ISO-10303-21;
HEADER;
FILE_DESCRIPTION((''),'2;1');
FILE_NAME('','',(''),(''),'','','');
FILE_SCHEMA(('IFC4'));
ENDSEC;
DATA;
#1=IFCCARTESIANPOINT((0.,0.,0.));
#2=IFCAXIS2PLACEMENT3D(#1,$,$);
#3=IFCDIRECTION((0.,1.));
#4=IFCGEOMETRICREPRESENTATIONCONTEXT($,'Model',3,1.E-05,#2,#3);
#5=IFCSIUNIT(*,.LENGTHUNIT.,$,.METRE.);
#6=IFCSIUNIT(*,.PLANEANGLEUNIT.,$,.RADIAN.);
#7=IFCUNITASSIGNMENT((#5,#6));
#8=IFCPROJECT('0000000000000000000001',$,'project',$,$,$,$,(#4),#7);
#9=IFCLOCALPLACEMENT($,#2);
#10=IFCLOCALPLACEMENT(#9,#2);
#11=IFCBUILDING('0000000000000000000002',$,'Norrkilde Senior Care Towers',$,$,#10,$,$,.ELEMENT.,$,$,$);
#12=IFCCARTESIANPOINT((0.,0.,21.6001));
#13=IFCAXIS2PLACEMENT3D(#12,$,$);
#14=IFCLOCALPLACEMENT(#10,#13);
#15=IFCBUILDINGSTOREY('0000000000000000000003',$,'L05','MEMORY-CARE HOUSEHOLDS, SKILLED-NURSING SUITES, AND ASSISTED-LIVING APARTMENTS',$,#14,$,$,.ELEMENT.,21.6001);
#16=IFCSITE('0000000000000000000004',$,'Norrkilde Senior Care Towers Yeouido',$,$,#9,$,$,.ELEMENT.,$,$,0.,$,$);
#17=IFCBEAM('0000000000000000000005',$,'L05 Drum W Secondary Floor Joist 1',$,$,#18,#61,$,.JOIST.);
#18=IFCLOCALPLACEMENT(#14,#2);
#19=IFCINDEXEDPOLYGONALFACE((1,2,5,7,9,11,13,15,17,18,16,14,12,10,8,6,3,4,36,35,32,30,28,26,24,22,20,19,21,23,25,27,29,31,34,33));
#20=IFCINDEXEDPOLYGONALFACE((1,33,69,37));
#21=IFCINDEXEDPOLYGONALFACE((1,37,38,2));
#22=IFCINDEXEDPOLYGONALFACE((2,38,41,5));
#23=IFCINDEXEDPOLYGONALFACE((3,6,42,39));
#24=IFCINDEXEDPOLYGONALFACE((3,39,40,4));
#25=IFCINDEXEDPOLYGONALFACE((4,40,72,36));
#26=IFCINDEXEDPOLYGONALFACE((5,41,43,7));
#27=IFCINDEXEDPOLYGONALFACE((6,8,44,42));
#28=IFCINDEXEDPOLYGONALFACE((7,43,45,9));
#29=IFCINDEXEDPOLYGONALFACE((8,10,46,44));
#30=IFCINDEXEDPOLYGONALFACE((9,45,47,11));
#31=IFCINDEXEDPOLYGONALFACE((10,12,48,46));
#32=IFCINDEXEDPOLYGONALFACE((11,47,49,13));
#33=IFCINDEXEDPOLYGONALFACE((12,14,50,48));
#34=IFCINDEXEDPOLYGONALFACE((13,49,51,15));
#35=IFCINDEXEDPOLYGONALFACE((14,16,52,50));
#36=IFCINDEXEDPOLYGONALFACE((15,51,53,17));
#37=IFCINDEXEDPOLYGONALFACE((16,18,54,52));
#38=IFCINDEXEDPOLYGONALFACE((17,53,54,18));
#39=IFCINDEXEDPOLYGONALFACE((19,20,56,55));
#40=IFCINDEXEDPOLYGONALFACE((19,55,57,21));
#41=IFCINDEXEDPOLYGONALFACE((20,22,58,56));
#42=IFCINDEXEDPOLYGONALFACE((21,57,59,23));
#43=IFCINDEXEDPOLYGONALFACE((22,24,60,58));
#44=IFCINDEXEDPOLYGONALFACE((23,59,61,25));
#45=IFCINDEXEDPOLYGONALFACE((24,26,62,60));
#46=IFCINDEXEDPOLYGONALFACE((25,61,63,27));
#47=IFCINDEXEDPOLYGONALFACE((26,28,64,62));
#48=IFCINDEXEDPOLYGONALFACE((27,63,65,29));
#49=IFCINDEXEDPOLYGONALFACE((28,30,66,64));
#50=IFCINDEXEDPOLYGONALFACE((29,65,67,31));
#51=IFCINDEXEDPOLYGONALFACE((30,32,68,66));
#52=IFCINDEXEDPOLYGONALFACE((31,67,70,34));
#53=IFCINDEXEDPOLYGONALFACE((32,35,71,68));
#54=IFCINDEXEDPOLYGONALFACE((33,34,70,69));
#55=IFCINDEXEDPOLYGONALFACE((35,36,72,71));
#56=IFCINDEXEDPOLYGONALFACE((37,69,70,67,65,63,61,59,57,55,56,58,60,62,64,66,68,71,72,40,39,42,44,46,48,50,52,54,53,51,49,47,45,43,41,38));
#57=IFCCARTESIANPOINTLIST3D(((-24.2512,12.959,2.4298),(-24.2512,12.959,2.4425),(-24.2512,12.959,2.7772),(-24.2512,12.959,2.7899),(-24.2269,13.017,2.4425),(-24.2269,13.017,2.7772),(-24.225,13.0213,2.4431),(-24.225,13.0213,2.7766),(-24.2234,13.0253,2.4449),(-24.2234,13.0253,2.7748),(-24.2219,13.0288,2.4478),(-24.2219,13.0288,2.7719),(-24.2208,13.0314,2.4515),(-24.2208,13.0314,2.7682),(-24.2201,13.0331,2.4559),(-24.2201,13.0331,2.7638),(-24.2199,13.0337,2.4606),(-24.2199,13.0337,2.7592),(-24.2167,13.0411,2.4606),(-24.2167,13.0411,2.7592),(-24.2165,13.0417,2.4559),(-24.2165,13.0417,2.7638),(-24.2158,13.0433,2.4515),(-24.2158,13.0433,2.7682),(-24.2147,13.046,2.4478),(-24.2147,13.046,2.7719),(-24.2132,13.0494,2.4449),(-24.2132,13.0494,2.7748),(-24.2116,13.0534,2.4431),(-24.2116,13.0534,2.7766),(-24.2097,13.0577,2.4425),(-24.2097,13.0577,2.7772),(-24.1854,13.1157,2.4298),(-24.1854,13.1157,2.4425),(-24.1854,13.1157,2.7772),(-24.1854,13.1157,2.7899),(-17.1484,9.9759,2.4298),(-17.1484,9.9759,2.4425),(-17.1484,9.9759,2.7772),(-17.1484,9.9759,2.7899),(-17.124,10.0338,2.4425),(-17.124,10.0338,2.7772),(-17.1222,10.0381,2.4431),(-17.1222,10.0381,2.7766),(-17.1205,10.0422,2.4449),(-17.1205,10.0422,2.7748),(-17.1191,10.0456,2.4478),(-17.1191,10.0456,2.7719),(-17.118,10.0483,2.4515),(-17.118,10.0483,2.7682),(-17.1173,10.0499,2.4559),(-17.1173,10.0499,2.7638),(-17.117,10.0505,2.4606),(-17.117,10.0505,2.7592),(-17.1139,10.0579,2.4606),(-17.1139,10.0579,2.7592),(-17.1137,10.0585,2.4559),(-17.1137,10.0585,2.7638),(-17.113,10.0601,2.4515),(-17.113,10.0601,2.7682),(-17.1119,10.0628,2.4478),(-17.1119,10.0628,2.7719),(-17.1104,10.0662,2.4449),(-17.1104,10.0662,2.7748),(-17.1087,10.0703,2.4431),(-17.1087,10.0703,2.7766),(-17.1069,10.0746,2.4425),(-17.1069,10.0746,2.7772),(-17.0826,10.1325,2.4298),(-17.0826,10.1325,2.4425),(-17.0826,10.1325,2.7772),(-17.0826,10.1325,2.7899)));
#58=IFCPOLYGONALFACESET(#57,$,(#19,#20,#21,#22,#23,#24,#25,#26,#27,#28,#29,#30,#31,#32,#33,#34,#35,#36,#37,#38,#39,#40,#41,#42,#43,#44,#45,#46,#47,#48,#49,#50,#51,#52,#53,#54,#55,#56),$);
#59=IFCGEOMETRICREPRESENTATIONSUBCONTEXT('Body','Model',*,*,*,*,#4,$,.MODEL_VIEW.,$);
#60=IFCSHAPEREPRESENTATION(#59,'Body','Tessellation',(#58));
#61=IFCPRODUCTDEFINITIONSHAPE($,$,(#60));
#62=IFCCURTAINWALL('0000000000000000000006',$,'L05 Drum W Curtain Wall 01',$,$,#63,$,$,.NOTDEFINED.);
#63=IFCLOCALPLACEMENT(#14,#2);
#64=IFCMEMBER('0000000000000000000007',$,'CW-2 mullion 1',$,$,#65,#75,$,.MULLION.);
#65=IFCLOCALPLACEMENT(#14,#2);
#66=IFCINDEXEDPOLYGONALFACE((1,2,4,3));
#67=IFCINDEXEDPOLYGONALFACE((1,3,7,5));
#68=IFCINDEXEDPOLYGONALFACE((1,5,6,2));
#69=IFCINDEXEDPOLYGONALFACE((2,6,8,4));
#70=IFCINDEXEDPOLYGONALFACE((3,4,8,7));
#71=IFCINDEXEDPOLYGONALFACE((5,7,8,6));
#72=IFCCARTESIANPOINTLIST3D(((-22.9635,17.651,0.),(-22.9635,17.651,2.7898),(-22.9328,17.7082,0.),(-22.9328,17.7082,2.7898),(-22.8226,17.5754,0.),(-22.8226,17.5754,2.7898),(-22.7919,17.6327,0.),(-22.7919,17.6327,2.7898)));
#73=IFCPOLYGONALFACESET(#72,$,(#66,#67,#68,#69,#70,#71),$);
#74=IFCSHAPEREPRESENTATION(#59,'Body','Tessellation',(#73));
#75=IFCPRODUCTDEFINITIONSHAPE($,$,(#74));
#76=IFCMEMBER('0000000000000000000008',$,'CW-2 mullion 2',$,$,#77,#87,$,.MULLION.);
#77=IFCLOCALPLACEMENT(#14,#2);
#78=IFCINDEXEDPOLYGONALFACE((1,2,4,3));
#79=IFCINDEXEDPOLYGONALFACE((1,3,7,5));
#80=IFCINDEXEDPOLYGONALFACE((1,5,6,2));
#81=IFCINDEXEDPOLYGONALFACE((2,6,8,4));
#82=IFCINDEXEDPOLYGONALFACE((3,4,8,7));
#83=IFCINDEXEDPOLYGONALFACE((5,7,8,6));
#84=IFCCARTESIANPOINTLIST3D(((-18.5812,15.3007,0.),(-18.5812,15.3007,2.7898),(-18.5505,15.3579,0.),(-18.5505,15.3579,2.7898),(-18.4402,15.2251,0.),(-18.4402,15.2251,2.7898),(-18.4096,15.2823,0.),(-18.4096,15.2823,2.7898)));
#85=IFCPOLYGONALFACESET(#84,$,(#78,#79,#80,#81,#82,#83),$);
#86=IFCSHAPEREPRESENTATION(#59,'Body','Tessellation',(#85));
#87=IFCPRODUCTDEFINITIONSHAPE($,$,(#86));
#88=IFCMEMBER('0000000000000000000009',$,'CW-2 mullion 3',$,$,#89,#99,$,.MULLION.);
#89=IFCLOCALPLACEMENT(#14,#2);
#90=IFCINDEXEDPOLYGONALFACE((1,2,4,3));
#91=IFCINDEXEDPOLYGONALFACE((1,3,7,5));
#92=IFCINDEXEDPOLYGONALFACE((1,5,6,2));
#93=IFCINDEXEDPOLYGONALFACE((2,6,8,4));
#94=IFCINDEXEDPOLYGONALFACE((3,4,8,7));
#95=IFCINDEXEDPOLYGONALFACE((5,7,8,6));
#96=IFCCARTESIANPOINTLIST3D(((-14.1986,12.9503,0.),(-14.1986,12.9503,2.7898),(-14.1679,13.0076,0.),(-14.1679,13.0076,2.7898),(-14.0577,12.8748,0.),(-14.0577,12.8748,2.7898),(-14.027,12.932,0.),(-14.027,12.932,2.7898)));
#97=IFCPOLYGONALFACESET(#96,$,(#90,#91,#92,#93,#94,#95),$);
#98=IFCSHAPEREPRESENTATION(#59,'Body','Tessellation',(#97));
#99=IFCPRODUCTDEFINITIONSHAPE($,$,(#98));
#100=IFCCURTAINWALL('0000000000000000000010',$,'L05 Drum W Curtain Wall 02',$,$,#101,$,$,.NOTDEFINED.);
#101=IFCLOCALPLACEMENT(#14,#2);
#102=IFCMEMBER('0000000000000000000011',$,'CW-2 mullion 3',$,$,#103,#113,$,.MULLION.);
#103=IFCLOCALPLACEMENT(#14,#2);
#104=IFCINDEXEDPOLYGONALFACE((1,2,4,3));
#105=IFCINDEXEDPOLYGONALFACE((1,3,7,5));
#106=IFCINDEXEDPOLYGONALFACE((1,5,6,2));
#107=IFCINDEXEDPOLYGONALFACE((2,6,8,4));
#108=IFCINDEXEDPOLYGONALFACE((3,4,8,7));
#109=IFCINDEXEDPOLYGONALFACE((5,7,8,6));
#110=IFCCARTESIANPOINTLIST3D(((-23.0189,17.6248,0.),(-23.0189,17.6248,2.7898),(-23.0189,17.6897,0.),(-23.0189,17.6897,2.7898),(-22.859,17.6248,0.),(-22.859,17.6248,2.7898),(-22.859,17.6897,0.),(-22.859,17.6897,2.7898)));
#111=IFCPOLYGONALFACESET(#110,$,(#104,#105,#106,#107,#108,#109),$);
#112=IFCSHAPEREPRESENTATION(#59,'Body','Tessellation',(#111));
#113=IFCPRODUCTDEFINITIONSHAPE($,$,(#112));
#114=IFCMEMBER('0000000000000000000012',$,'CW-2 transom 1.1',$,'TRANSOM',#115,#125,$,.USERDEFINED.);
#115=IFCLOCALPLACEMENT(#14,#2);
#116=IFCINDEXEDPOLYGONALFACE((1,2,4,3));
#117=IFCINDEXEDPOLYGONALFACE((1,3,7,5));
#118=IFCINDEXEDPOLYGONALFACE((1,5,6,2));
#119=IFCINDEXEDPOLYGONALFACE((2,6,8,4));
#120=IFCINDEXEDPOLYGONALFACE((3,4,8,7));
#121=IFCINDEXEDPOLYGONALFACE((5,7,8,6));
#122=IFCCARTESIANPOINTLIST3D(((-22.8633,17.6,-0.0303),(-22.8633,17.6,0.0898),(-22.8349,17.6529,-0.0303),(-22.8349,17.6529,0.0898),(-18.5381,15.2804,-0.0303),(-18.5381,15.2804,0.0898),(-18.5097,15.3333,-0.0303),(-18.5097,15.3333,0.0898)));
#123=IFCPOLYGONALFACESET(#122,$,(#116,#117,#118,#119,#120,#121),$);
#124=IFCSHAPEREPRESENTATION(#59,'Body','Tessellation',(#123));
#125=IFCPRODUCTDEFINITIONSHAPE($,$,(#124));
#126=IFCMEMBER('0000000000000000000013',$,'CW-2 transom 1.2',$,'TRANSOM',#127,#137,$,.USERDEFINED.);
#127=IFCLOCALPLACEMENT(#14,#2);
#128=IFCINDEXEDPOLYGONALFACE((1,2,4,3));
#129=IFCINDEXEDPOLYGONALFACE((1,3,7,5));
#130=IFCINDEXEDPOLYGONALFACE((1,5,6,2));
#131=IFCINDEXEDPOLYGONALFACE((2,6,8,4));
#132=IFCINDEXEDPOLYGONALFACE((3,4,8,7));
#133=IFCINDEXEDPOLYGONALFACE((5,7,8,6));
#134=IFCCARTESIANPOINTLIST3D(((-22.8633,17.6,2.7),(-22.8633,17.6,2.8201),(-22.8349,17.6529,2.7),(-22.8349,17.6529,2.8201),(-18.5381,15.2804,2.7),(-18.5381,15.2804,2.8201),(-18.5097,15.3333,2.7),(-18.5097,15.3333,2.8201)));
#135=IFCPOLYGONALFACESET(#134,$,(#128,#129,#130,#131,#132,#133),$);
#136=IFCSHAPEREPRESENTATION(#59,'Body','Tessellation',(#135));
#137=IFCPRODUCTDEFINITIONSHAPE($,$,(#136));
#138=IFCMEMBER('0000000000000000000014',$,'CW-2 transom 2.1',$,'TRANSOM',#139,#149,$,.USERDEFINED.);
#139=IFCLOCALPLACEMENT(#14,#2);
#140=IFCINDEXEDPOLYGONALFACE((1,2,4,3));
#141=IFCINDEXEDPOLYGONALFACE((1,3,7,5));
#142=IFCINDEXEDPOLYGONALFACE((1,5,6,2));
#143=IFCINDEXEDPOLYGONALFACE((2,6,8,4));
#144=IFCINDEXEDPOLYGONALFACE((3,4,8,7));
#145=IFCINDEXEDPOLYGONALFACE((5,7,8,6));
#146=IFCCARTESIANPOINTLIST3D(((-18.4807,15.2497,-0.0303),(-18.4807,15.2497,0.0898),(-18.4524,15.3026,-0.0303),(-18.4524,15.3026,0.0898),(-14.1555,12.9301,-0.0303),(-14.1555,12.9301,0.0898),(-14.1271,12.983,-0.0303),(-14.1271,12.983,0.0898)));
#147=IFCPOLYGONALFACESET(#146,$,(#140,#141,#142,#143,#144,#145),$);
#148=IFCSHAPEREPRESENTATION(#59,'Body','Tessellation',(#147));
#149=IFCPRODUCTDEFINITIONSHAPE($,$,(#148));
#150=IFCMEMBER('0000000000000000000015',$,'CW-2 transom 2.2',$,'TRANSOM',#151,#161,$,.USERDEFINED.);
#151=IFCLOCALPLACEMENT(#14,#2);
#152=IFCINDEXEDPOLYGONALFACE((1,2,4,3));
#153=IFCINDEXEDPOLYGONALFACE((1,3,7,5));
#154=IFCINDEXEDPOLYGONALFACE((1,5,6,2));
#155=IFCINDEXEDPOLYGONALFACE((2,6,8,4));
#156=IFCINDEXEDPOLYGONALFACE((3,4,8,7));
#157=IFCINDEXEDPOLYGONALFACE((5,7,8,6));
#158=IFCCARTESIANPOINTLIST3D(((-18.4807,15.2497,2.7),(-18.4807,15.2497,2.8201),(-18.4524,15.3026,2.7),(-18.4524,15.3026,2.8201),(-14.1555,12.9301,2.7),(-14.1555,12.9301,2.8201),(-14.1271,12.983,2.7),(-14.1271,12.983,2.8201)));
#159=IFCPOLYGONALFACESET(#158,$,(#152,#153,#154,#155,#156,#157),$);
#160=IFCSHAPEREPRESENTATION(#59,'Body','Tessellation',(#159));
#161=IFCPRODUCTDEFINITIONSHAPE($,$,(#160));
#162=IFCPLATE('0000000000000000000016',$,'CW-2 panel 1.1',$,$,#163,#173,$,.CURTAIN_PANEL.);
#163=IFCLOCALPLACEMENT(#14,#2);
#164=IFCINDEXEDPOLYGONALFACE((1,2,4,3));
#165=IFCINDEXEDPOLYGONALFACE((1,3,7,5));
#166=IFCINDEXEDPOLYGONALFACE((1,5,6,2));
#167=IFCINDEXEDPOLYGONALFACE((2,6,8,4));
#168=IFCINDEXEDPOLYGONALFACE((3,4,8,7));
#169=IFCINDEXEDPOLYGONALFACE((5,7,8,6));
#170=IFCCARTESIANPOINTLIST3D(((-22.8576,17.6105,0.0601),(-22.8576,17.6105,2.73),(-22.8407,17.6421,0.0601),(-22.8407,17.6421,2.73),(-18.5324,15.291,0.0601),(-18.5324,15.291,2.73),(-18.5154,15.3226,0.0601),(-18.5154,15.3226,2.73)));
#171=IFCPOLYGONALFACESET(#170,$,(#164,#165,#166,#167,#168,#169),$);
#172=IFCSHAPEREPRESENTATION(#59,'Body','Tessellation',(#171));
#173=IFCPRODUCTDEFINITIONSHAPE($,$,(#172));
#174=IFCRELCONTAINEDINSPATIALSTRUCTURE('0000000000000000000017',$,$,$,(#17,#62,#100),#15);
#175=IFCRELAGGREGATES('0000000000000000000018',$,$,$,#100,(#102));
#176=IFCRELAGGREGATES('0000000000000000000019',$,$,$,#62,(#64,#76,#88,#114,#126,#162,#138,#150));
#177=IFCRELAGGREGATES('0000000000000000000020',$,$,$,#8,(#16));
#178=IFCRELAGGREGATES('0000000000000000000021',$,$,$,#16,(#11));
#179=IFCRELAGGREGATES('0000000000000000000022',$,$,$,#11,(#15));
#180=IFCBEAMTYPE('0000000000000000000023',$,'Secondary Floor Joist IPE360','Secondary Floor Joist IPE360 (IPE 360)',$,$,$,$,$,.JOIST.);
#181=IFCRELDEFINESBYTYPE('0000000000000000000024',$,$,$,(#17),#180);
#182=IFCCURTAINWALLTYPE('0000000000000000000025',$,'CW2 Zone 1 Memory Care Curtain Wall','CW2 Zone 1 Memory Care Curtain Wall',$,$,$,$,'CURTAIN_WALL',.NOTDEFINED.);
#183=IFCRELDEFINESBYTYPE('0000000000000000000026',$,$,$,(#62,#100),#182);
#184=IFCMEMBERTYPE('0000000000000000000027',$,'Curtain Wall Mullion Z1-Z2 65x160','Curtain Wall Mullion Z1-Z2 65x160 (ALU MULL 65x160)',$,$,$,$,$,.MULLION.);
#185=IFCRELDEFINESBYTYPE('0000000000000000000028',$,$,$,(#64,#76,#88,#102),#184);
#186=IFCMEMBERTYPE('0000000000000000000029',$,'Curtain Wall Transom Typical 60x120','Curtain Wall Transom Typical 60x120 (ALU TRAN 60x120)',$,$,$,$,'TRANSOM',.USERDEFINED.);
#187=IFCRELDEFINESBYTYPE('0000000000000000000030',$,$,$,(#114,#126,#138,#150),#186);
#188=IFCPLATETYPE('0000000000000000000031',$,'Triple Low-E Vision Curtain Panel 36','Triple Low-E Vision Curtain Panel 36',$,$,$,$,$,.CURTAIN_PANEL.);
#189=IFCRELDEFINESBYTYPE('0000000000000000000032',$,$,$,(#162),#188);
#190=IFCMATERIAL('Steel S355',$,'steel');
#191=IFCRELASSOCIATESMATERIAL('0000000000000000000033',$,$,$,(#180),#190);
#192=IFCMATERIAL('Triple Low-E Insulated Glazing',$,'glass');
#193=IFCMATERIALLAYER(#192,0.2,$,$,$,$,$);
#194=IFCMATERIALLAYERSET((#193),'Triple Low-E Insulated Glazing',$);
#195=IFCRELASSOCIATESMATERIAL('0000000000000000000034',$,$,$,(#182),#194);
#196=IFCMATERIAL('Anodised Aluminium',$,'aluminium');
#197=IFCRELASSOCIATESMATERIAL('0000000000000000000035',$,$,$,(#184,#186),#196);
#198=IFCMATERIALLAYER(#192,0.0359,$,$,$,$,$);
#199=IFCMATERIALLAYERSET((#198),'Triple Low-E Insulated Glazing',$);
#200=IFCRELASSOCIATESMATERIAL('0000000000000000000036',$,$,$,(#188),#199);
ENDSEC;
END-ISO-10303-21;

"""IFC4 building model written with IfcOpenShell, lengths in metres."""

from ifc_helpers import new_model, si_unit, direction, frame, origin, origin_2d, place, context, subcontext, project, spatial, rectangle, i_section, extrude, source, transform, mapped, material, layer, layer_set, material_profile, profile_set, type_object, type_shapes, element, aggregate, save


model = new_model("IFC4")

# Units and contexts
model_context = context("Model", 3, precision=1e-05, world=origin(), true_north=direction((0.0, 1.0)))
body_context = subcontext(model_context, "Body", "Model", "MODEL_VIEW")
ifc_project = project(units=[si_unit("LENGTHUNIT", "METRE"), si_unit("PLANEANGLEUNIT", "RADIAN")], contexts=[model_context])

# Site, building, storey
site_placement = place(None, origin())
site = spatial("IfcSite", under=ifc_project, at=site_placement, Name="Norrkilde Senior Care Towers Yeouido", CompositionType="ELEMENT", RefElevation=0.0)
building_placement = place(site_placement, origin())
building = spatial("IfcBuilding", under=site, at=building_placement, Name="Norrkilde Senior Care Towers", CompositionType="ELEMENT")
storey_placement = place(building_placement, frame((0.0, 0.0, 21.6001)))
storey = spatial("IfcBuildingStorey", under=building, at=storey_placement, Name="L05", Description="MEMORY-CARE HOUSEHOLDS, SKILLED-NURSING SUITES, AND ASSISTED-LIVING APARTMENTS", CompositionType="ELEMENT", Elevation=21.6001)

# Beam
ifc_material_1 = material(Name="Steel S355", Category="steel")
ifc_material_profile_1 = material_profile(ifc_material_1, i_section(OverallWidth=0.1699, OverallDepth=0.3601, WebThickness=0.0081, FlangeThickness=0.0127, FilletRadius=0.0181, at=origin_2d()), Name="IPE 360")
ifc_profile_set_1 = profile_set([ifc_material_profile_1], Name="Steel S355")
beam_type_1 = type_object("IfcBeamType", Name="Secondary Floor Joist IPE360", Description="Secondary Floor Joist IPE360 (IPE 360)", PredefinedType="JOIST", material=ifc_profile_set_1)
shared_shape_1 = source(origin(), body_context, "Body", "SweptSolid", [
    extrude(i_section(OverallWidth=0.1699, OverallDepth=0.3601, WebThickness=0.0081, FlangeThickness=0.0127, FilletRadius=0.0181, at=origin_2d()), origin(), (0.0, 0.0, 1.0), 7.7039),
])
type_shapes(beam_type_1, [shared_shape_1])
beam_1_placement = place(storey_placement, frame((-17.1155, 10.0542, 2.6099), z_axis=(-0.921983, 0.387231, 0.0), x_axis=(-0.387231, -0.921983, 0.0)))
element("IfcBeam", 1, at=beam_1_placement, inside=storey, type_object=beam_type_1, Name="L05 Drum W Secondary Floor Joist 1", PredefinedType="JOIST", context=body_context, shape_type="MappedRepresentation", body=[
    mapped(shared_shape_1, transform((0.0, 0.0, 0.0), x_axis=(1.0, 0.0, 0.0), y_axis=(0.0, 1.0, 0.0), z_axis=(0.0, 0.0, 1.0), scale=1.0)),
])

# Curtain wall, members
ifc_material_2 = material(Name="Triple Low-E Insulated Glazing", Category="glass")
ifc_layer_1 = layer(ifc_material_2, 0.2)
ifc_layer_set_1 = layer_set([ifc_layer_1], Name="Triple Low-E Insulated Glazing")
curtain_wall_type = type_object("IfcCurtainWallType", Name="CW2 Zone 1 Memory Care Curtain Wall", Description="CW2 Zone 1 Memory Care Curtain Wall", ElementType="CURTAIN_WALL", PredefinedType="NOTDEFINED", material=ifc_layer_set_1)
curtain_wall_1_placement = place(storey_placement, origin())
curtain_wall_1 = element("IfcCurtainWall", 2, at=curtain_wall_1_placement, inside=storey, type_object=curtain_wall_type, Name="L05 Drum W Curtain Wall 01", PredefinedType="NOTDEFINED")
ifc_material_3 = material(Name="Anodised Aluminium", Category="aluminium")
ifc_material_profile_2 = material_profile(ifc_material_3, rectangle(XDim=0.0649, YDim=0.1599, at=origin_2d()), Name="ALU MULL 65x160")
ifc_profile_set_2 = profile_set([ifc_material_profile_2], Name="Anodised Aluminium")
member_type_1 = type_object("IfcMemberType", Name="Curtain Wall Mullion Z1-Z2 65x160", Description="Curtain Wall Mullion Z1-Z2 65x160 (ALU MULL 65x160)", PredefinedType="MULLION", material=ifc_profile_set_2)
shared_shape_2 = source(origin(), body_context, "Body", "SweptSolid", [
    extrude(rectangle(XDim=0.0649, YDim=0.1599, at=origin_2d()), origin(), (0.0, 0.0, 1.0), 2.7898),
])
type_shapes(member_type_1, [shared_shape_2])
member_1_placement = place(storey_placement, frame((-22.8777, 17.6418, 0.0), z_axis=(0.0, 0.0, 1.0), x_axis=(0.472608, 0.881273, 0.0)))
member_1 = element("IfcMember", 3, at=member_1_placement, type_object=member_type_1, Name="CW-2 mullion 1", PredefinedType="MULLION", context=body_context, shape_type="MappedRepresentation", body=[
    mapped(shared_shape_2, transform((0.0, 0.0, 0.0), x_axis=(1.0, 0.0, 0.0), y_axis=(0.0, 1.0, 0.0), z_axis=(0.0, 0.0, 1.0), scale=1.0)),
])
member_2_placement = place(storey_placement, frame((-18.4954, 15.2915, 0.0), z_axis=(0.0, 0.0, 1.0), x_axis=(0.472608, 0.881273, 0.0)))
member_2 = element("IfcMember", 4, at=member_2_placement, type_object=member_type_1, Name="CW-2 mullion 2", PredefinedType="MULLION", context=body_context, shape_type="MappedRepresentation", body=[
    mapped(shared_shape_2, transform((0.0, 0.0, 0.0), x_axis=(1.0, 0.0, 0.0), y_axis=(0.0, 1.0, 0.0), z_axis=(0.0, 0.0, 1.0), scale=1.0)),
])
member_3_placement = place(storey_placement, frame((-14.1128, 12.9412, 0.0), z_axis=(0.0, 0.0, 1.0), x_axis=(0.472608, 0.881273, 0.0)))
member_3 = element("IfcMember", 5, at=member_3_placement, type_object=member_type_1, Name="CW-2 mullion 3", PredefinedType="MULLION", context=body_context, shape_type="MappedRepresentation", body=[
    mapped(shared_shape_2, transform((0.0, 0.0, 0.0), x_axis=(1.0, 0.0, 0.0), y_axis=(0.0, 1.0, 0.0), z_axis=(0.0, 0.0, 1.0), scale=1.0)),
])

# Curtain wall, member
curtain_wall_2_placement = place(storey_placement, origin())
curtain_wall_2 = element("IfcCurtainWall", 6, at=curtain_wall_2_placement, inside=storey, type_object=curtain_wall_type, Name="L05 Drum W Curtain Wall 02", PredefinedType="NOTDEFINED")
member_4_placement = place(storey_placement, frame((-22.939, 17.6572, 0.0), z_axis=(0.0, 0.0, 1.0), x_axis=(0.0, 1.0, 0.0)))
member_4 = element("IfcMember", 7, at=member_4_placement, type_object=member_type_1, Name="CW-2 mullion 3", PredefinedType="MULLION", context=body_context, shape_type="MappedRepresentation", body=[
    mapped(shared_shape_2, transform((0.0, 0.0, 0.0), x_axis=(1.0, 0.0, 0.0), y_axis=(0.0, 1.0, 0.0), z_axis=(0.0, 0.0, 1.0), scale=1.0)),
])
aggregate(curtain_wall_2, [member_4])

# Members
ifc_material_profile_3 = material_profile(ifc_material_3, rectangle(XDim=0.0601, YDim=0.1201, at=origin_2d()), Name="ALU TRAN 60x120")
ifc_profile_set_3 = profile_set([ifc_material_profile_3], Name="Anodised Aluminium")
member_type_2 = type_object("IfcMemberType", Name="Curtain Wall Transom Typical 60x120", Description="Curtain Wall Transom Typical 60x120 (ALU TRAN 60x120)", ElementType="TRANSOM", PredefinedType="USERDEFINED", material=ifc_profile_set_3)
shared_shape_3 = source(origin(), body_context, "Body", "SweptSolid", [
    extrude(rectangle(XDim=0.0601, YDim=0.1201, at=origin_2d()), origin(), (0.0, 0.0, 1.0), 4.908),
])
type_shapes(member_type_2, [shared_shape_3])
member_5_placement = place(storey_placement, frame((-22.8491, 17.6265, 0.0298), z_axis=(0.881267, -0.472619, 0.0), x_axis=(0.472619, 0.881267, 0.0)))
member_5 = element("IfcMember", 8, at=member_5_placement, type_object=member_type_2, Name="CW-2 transom 1.1", ObjectType="TRANSOM", PredefinedType="USERDEFINED", context=body_context, shape_type="MappedRepresentation", body=[
    mapped(shared_shape_3, transform((0.0, 0.0, 0.0), x_axis=(1.0, 0.0, 0.0), y_axis=(0.0, 1.0, 0.0), z_axis=(0.0, 0.0, 1.0), scale=1.0)),
])
member_6_placement = place(storey_placement, frame((-22.8491, 17.6265, 2.76), z_axis=(0.881267, -0.472619, 0.0), x_axis=(0.472619, 0.881267, 0.0)))
member_6 = element("IfcMember", 9, at=member_6_placement, type_object=member_type_2, Name="CW-2 transom 1.2", ObjectType="TRANSOM", PredefinedType="USERDEFINED", context=body_context, shape_type="MappedRepresentation", body=[
    mapped(shared_shape_3, transform((0.0, 0.0, 0.0), x_axis=(1.0, 0.0, 0.0), y_axis=(0.0, 1.0, 0.0), z_axis=(0.0, 0.0, 1.0), scale=1.0)),
])
member_7_placement = place(storey_placement, frame((-18.4666, 15.2761, 0.0298), z_axis=(0.881267, -0.472619, 0.0), x_axis=(0.472619, 0.881267, 0.0)))
member_7 = element("IfcMember", 10, at=member_7_placement, type_object=member_type_2, Name="CW-2 transom 2.1", ObjectType="TRANSOM", PredefinedType="USERDEFINED", context=body_context, shape_type="MappedRepresentation", body=[
    mapped(shared_shape_3, transform((0.0, 0.0, 0.0), x_axis=(1.0, 0.0, 0.0), y_axis=(0.0, 1.0, 0.0), z_axis=(0.0, 0.0, 1.0), scale=1.0)),
])
member_8_placement = place(storey_placement, frame((-18.4666, 15.2761, 2.76), z_axis=(0.881267, -0.472619, 0.0), x_axis=(0.472619, 0.881267, 0.0)))
member_8 = element("IfcMember", 11, at=member_8_placement, type_object=member_type_2, Name="CW-2 transom 2.2", ObjectType="TRANSOM", PredefinedType="USERDEFINED", context=body_context, shape_type="MappedRepresentation", body=[
    mapped(shared_shape_3, transform((0.0, 0.0, 0.0), x_axis=(1.0, 0.0, 0.0), y_axis=(0.0, 1.0, 0.0), z_axis=(0.0, 0.0, 1.0), scale=1.0)),
])

# Plate
ifc_layer_2 = layer(ifc_material_2, 0.0359)
ifc_layer_set_2 = layer_set([ifc_layer_2], Name="Triple Low-E Insulated Glazing")
plate_type = type_object("IfcPlateType", Name="Triple Low-E Vision Curtain Panel 36", Description="Triple Low-E Vision Curtain Panel 36", PredefinedType="CURTAIN_PANEL", material=ifc_layer_set_2)
shared_shape_4 = source(origin(), body_context, "Body", "SweptSolid", [
    extrude(rectangle(XDim=4.908, YDim=0.0359, at=origin_2d()), origin(), (0.0, 0.0, 1.0), 2.6699),
])
type_shapes(plate_type, [shared_shape_4])
plate_1_placement = place(storey_placement, frame((-20.6865, 16.4666, 0.0601), z_axis=(0.0, 0.0, 1.0), x_axis=(0.881273, -0.472608, 0.0)))
plate_1 = element("IfcPlate", 12, at=plate_1_placement, type_object=plate_type, Name="CW-2 panel 1.1", PredefinedType="CURTAIN_PANEL", context=body_context, shape_type="MappedRepresentation", body=[
    mapped(shared_shape_4, transform((0.0, 0.0, 0.0), x_axis=(1.0, 0.0, 0.0), y_axis=(0.0, 1.0, 0.0), z_axis=(0.0, 0.0, 1.0), scale=1.0)),
])
aggregate(curtain_wall_1, [member_1, member_2, member_3, member_5, member_6, plate_1, member_7, member_8])

save(model, "model.ifc")
